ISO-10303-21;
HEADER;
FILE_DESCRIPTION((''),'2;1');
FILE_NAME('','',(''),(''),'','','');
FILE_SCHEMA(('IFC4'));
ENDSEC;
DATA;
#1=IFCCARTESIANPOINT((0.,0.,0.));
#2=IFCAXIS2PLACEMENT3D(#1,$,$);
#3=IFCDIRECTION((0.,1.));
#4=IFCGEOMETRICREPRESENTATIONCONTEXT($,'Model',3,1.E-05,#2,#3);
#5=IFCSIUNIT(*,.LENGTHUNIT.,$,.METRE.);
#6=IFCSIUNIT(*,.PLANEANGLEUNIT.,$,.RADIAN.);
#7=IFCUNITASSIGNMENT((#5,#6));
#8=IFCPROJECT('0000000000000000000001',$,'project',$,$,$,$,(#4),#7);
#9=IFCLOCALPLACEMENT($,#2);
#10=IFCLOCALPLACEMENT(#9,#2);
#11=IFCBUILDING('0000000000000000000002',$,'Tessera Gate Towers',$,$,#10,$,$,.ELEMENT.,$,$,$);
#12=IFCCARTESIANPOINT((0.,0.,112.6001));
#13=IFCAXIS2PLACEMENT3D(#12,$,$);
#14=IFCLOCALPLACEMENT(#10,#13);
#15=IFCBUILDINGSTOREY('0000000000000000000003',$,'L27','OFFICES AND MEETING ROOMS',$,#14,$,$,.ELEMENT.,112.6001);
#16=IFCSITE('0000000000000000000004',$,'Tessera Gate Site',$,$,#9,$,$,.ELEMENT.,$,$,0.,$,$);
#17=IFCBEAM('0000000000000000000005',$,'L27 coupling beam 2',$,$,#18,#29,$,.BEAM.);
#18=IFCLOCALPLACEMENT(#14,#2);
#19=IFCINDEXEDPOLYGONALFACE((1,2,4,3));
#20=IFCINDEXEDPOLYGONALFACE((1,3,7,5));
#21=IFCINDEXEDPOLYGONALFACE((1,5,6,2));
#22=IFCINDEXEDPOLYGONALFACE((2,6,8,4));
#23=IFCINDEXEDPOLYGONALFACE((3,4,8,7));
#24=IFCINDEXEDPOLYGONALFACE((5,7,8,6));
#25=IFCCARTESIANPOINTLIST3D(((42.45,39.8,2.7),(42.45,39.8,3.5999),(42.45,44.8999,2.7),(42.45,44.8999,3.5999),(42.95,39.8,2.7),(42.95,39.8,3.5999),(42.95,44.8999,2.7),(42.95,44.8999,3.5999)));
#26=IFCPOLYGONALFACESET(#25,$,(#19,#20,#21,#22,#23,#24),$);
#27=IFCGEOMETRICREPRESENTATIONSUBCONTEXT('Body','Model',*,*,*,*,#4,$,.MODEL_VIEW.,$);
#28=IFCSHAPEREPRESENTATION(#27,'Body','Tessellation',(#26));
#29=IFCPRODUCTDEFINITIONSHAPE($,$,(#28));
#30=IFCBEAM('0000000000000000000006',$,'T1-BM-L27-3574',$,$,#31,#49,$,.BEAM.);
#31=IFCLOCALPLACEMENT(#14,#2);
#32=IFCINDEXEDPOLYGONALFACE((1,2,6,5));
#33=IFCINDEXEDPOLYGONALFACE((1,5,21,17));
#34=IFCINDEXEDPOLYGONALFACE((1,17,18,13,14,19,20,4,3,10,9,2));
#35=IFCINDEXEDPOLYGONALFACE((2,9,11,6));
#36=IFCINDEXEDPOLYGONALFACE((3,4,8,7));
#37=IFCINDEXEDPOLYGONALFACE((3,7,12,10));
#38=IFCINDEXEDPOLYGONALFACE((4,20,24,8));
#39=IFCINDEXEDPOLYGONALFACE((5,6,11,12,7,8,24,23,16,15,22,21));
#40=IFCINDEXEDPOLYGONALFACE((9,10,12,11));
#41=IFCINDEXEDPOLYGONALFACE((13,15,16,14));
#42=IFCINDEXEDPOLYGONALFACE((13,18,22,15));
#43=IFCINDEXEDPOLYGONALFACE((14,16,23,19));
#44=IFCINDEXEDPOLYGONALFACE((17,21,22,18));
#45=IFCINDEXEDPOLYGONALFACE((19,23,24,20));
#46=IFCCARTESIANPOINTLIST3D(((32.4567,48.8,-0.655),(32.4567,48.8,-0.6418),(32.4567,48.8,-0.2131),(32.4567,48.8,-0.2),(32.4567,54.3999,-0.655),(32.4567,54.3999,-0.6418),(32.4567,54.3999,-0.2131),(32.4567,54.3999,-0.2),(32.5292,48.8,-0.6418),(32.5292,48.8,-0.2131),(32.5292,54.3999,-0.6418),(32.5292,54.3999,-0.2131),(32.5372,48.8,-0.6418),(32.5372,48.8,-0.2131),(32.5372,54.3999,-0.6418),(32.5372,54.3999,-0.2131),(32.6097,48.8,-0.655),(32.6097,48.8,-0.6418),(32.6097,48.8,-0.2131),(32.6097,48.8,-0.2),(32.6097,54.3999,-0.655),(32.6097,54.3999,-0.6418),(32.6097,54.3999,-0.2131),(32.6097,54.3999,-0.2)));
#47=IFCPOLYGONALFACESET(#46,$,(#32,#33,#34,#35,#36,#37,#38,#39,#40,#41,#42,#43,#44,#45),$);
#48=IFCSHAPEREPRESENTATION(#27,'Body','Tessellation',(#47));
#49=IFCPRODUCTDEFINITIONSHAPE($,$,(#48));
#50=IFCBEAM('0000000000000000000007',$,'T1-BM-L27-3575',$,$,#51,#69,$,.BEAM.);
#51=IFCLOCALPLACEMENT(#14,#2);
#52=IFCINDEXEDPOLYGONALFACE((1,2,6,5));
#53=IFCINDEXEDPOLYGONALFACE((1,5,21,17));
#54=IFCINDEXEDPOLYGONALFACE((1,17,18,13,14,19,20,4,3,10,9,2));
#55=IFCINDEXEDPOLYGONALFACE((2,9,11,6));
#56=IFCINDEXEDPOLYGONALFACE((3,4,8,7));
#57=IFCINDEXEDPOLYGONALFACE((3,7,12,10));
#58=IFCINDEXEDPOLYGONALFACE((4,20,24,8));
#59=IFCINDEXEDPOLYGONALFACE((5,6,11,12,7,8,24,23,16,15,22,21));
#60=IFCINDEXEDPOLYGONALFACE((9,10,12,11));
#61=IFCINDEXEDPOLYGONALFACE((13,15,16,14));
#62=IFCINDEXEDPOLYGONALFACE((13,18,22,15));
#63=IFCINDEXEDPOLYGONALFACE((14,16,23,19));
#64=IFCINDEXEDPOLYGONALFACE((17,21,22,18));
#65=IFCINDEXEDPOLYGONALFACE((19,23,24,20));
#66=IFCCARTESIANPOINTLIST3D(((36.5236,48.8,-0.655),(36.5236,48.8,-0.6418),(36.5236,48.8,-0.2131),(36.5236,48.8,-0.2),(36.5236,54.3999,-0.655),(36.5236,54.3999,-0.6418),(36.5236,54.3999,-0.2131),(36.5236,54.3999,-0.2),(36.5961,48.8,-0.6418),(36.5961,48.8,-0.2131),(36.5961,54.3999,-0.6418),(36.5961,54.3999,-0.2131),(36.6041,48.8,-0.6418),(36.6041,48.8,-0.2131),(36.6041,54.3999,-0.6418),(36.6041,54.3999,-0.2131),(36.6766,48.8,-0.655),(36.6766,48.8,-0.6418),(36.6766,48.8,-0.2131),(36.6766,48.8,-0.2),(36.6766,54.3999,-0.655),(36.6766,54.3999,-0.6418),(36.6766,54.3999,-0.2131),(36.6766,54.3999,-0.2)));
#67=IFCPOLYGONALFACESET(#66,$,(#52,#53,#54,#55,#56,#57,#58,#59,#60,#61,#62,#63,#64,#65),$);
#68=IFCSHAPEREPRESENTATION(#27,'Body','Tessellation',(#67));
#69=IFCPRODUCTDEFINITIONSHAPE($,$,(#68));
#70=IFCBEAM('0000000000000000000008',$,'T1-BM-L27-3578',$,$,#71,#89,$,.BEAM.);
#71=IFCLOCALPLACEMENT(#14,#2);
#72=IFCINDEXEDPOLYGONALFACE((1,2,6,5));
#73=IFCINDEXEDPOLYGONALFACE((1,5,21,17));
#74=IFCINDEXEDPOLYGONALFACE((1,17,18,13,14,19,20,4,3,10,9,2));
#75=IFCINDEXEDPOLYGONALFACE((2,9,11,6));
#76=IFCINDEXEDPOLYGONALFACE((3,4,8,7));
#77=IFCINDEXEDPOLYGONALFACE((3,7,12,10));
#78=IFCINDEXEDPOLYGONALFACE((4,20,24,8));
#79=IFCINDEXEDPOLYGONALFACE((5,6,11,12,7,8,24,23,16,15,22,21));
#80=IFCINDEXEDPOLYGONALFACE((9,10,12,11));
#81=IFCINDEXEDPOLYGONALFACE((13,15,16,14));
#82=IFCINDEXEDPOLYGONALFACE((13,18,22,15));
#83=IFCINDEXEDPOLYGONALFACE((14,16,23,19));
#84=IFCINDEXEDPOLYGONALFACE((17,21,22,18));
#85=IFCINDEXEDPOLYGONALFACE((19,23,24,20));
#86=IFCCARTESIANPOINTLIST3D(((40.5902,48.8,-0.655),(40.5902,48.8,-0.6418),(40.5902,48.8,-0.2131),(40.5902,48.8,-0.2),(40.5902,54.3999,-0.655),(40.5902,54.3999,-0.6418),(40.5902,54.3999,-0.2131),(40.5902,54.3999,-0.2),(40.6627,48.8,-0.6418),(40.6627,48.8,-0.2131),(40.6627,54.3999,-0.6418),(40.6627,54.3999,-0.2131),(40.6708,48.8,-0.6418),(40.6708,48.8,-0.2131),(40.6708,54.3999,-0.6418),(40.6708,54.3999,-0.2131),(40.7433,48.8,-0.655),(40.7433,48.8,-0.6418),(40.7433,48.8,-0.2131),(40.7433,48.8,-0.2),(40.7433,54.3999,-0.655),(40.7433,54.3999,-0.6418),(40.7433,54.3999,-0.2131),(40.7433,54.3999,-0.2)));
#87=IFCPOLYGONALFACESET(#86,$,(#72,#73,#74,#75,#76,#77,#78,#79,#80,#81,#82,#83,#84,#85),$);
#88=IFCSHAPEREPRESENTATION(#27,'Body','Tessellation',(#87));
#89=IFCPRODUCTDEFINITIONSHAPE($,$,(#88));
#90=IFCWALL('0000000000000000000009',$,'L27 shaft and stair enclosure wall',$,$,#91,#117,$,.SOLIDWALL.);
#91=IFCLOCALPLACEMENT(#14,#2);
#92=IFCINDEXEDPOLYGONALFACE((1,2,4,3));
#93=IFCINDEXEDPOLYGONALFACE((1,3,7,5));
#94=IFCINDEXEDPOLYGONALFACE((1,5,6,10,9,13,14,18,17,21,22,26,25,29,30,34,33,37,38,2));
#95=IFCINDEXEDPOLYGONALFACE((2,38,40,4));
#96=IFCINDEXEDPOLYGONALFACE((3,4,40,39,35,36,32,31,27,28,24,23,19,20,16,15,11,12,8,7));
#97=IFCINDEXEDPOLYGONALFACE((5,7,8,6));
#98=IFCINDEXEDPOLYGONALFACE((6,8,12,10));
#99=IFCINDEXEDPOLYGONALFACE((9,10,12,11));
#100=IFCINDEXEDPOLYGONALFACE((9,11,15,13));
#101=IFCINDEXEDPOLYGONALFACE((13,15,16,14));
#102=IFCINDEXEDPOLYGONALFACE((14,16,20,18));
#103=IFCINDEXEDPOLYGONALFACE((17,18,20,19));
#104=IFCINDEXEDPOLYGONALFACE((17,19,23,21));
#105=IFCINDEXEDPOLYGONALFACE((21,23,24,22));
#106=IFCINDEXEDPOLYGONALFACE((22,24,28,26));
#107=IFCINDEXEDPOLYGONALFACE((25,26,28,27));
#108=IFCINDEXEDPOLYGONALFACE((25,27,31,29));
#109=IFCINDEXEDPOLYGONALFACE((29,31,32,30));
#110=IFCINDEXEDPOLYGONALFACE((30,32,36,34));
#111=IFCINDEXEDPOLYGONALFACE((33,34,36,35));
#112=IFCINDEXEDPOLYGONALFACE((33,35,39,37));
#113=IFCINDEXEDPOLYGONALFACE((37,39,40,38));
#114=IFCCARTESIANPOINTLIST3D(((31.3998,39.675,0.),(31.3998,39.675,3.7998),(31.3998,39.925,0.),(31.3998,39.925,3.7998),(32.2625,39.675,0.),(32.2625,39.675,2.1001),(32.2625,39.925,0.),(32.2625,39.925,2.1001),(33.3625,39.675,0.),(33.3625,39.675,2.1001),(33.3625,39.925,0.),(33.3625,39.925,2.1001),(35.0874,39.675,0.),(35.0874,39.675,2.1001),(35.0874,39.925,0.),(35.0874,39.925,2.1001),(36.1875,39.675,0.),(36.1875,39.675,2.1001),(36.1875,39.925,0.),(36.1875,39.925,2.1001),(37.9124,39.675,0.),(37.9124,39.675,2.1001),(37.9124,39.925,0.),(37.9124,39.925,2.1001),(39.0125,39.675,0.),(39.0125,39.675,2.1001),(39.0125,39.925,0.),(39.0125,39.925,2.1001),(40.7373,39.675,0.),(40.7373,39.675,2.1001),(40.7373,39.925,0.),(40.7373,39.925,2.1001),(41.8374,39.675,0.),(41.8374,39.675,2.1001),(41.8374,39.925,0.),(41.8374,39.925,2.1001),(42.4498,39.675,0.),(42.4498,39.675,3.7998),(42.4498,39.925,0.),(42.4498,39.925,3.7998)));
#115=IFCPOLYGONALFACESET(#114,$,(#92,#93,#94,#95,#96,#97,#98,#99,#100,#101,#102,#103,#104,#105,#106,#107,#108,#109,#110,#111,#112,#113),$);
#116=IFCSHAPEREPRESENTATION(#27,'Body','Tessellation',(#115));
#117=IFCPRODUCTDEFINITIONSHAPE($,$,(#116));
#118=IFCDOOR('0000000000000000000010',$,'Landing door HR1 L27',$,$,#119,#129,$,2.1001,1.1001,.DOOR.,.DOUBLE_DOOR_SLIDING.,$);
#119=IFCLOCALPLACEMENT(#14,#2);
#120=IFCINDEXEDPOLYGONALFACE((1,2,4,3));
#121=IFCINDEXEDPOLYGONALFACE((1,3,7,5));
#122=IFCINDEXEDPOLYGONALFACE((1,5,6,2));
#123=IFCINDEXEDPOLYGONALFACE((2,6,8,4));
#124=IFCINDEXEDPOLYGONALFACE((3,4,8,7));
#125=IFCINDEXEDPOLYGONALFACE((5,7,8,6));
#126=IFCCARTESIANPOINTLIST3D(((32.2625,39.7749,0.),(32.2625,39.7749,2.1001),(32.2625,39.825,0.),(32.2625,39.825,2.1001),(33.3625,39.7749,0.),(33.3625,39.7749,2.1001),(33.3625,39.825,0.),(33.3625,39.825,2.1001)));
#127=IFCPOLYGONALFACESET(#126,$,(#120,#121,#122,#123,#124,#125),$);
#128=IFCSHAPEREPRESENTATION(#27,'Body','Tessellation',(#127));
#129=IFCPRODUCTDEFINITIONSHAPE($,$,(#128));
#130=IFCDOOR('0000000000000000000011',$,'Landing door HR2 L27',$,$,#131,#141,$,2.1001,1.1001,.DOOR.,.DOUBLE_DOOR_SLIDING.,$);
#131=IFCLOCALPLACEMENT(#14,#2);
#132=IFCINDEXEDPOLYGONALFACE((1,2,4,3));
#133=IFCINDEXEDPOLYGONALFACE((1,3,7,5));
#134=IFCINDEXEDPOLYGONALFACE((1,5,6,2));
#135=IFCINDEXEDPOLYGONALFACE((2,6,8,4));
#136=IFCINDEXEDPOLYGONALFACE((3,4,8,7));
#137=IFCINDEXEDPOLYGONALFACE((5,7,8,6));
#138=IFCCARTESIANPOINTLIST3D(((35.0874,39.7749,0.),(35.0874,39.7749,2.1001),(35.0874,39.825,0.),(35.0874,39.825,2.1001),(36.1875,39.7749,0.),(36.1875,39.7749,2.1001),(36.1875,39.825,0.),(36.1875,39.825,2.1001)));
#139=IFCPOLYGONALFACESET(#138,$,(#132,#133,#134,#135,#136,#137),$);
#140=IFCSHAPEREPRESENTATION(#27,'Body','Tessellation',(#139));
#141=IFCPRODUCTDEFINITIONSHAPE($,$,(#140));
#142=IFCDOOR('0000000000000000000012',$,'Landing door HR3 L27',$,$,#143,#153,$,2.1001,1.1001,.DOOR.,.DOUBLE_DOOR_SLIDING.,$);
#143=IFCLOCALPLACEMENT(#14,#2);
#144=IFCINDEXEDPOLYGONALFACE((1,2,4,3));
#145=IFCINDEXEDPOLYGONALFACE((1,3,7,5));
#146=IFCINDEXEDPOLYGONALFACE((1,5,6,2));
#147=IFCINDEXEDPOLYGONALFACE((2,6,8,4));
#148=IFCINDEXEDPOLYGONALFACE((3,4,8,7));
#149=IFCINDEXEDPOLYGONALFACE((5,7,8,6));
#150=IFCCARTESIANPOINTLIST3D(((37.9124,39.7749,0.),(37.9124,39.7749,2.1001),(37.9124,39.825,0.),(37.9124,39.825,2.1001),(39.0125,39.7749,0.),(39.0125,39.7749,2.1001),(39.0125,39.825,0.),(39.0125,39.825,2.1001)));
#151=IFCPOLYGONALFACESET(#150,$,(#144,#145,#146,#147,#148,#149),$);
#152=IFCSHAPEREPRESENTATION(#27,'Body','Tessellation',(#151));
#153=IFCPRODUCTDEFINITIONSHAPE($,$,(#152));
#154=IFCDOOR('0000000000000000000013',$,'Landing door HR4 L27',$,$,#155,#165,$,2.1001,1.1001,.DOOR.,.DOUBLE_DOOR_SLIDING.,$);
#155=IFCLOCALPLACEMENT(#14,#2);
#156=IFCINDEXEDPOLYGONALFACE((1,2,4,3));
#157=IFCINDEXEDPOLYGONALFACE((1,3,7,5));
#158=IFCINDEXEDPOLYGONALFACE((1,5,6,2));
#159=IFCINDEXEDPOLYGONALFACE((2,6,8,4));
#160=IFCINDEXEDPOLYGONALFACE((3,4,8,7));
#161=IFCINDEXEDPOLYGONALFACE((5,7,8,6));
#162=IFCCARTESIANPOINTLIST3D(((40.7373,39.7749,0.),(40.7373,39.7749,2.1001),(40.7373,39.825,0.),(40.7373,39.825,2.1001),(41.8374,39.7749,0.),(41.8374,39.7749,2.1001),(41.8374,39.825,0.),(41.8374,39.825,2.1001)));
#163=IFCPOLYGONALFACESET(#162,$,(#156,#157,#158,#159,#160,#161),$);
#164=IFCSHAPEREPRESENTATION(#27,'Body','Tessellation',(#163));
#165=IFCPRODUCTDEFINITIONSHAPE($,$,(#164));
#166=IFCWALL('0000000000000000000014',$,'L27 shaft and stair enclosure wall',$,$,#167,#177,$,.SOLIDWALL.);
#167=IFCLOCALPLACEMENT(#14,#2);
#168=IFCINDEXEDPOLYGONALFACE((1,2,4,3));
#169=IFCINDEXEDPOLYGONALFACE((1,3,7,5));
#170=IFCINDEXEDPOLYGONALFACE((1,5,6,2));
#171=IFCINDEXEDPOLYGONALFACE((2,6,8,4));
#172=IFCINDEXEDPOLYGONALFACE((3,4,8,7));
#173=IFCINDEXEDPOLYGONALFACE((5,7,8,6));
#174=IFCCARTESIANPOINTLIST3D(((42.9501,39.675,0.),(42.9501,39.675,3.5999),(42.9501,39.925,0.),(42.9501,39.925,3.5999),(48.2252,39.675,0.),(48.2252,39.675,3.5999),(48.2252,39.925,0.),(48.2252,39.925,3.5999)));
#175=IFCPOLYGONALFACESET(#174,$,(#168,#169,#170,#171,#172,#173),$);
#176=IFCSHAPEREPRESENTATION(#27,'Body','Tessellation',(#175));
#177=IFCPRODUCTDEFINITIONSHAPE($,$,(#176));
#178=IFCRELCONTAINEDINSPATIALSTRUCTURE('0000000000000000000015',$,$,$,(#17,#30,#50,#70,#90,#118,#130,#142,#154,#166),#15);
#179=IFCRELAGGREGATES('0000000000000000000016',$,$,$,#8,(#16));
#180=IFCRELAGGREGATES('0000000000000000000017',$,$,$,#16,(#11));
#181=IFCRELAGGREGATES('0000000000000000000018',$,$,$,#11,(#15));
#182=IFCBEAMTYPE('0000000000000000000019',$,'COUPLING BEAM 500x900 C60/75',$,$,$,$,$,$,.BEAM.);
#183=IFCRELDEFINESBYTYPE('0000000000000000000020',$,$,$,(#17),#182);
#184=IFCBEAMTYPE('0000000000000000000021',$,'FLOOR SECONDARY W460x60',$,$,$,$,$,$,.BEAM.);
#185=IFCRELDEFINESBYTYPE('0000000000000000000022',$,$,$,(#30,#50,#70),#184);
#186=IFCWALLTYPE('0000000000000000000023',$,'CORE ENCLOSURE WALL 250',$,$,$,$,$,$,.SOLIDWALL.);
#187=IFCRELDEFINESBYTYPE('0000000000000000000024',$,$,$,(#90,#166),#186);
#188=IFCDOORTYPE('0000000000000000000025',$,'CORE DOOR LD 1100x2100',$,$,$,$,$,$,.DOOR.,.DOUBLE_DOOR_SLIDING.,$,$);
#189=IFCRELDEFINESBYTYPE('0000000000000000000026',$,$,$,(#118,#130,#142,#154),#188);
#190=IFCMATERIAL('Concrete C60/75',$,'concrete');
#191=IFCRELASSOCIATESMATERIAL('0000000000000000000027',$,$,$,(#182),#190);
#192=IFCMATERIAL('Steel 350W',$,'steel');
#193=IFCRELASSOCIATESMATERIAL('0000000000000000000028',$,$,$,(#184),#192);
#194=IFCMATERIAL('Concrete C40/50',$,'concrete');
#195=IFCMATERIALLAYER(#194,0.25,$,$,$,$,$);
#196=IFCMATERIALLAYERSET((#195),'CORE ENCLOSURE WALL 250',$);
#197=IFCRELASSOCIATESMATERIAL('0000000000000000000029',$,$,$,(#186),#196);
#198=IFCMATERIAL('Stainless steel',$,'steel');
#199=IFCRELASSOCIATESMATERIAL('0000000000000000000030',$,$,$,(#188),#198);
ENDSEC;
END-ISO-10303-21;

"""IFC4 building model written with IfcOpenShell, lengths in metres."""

from ifc_helpers import new_model, si_unit, direction, frame, frame_2d, origin, origin_2d, place, context, subcontext, project, spatial, rectangle, i_section, extrude, source, transform, mapped, material, layer, layer_set, material_profile, profile_set, type_object, element, fill, save


model = new_model("IFC4")

# Units and contexts
model_context = context("Model", 3, precision=1e-05, world=origin(), true_north=direction((0.0, 1.0)))
body_context = subcontext(model_context, "Body", "Model", "MODEL_VIEW")
ifc_project = project(units=[si_unit("LENGTHUNIT", "METRE"), si_unit("PLANEANGLEUNIT", "RADIAN")], contexts=[model_context])

# Site, building, storey
site_placement = place(None, origin())
site = spatial("IfcSite", under=ifc_project, at=site_placement, Name="Tessera Gate Site", CompositionType="ELEMENT", RefElevation=0.0)
building_placement = place(site_placement, origin())
building = spatial("IfcBuilding", under=site, at=building_placement, Name="Tessera Gate Towers", CompositionType="ELEMENT")
storey_placement = place(building_placement, frame((0.0, 0.0, 112.6001)))
storey = spatial("IfcBuildingStorey", under=building, at=storey_placement, Name="L27", Description="OFFICES AND MEETING ROOMS", CompositionType="ELEMENT", Elevation=112.6001)

# Beams
ifc_material_1 = material(Name="Concrete C60/75", Category="concrete")
ifc_material_profile_1 = material_profile(ifc_material_1, rectangle(XDim=0.5, YDim=0.8999, at=origin_2d()), Name="RC 500x900")
ifc_profile_set_1 = profile_set([ifc_material_profile_1], Name="Concrete C60/75")
beam_type_1 = type_object("IfcBeamType", Name="COUPLING BEAM 500x900 C60/75", PredefinedType="BEAM", material=ifc_profile_set_1)
beam_placement = place(storey_placement, frame((42.7, 39.8, 3.1499), z_axis=(0.0, 1.0, 0.0), x_axis=(-1.0, 0.0, 0.0)))
element("IfcBeam", 1, at=beam_placement, inside=storey, type_object=beam_type_1, Name="L27 coupling beam 2", PredefinedType="BEAM", context=body_context, shape_type="SweptSolid", body=[
    extrude(rectangle(XDim=0.5, YDim=0.8999, at=origin_2d()), origin(), (0.0, 0.0, 1.0), 5.0999),
])
ifc_material_2 = material(Name="Steel 350W", Category="steel")
ifc_material_profile_2 = material_profile(ifc_material_2, i_section(OverallWidth=0.1531, OverallDepth=0.4551, WebThickness=0.0081, FlangeThickness=0.0132, at=origin_2d()), Name="W460x60")
ifc_profile_set_2 = profile_set([ifc_material_profile_2], Name="Steel 350W")
beam_type_2 = type_object("IfcBeamType", Name="FLOOR SECONDARY W460x60", PredefinedType="BEAM", material=ifc_profile_set_2)
for number, where, z_axis, x_axis, name in (
    (2, (32.5332, 48.8, -0.4275), (0.0, 1.0, 0.0), (-1.0, 0.0, 0.0), "T1-BM-L27-3574"),
    (3, (36.6001, 48.8, -0.4275), (0.0, 1.0, 0.0), (-1.0, 0.0, 0.0), "T1-BM-L27-3575"),
    (4, (40.6667, 48.8, -0.4275), (0.0, 1.0, 0.0), (-1.0, 0.0, 0.0), "T1-BM-L27-3578"),
):
    element("IfcBeam", number, at=place(storey_placement, frame(where, z_axis=z_axis, x_axis=x_axis)), inside=storey, type_object=beam_type_2, Name=name, PredefinedType="BEAM", context=body_context, shape_type="SweptSolid", body=[
        extrude(i_section(OverallWidth=0.1531, OverallDepth=0.4551, WebThickness=0.0081, FlangeThickness=0.0132, at=origin_2d()), origin(), (0.0, 0.0, 1.0), 5.5999),
    ])

# Wall, openings, doors
ifc_material_3 = material(Name="Concrete C40/50", Category="concrete")
ifc_layer_1 = layer(ifc_material_3, 0.25)
ifc_layer_set_1 = layer_set([ifc_layer_1], Name="CORE ENCLOSURE WALL 250")
wall_type_1 = type_object("IfcWallType", Name="CORE ENCLOSURE WALL 250", PredefinedType="SOLIDWALL", material=ifc_layer_set_1)
wall_1_placement = place(storey_placement, frame((31.3999, 39.8, 0.0), z_axis=(0.0, 0.0, 1.0), x_axis=(1.0, 0.0, 0.0)))
wall_1 = element("IfcWall", 5, at=wall_1_placement, inside=storey, type_object=wall_type_1, Name="L27 shaft and stair enclosure wall", PredefinedType="SOLIDWALL", context=body_context, shape_type="SweptSolid", body=[
    extrude(rectangle(XDim=11.05, YDim=0.25, at=frame_2d((5.5249, 0.0))), origin(), (0.0, 0.0, 1.0), 3.7998),
])
shared_shape_1 = source(origin(), body_context, "Body", "SweptSolid", [
    extrude(rectangle(XDim=1.1001, YDim=2.1001, at=frame_2d((0.55, 1.05))), frame((0.0, 0.135, 0.0), z_axis=(0.0, -1.0, 0.0), x_axis=(1.0, 0.0, 0.0)), (0.0, 0.0, 1.0), 0.27),
])
opening_1_placement = place(wall_1_placement, frame((0.8625, 0.0, 0.0)))
opening_1 = element("IfcOpeningElement", 6, at=opening_1_placement, cuts=wall_1, PredefinedType="OPENING", context=body_context, shape_type="MappedRepresentation", body=[
    mapped(shared_shape_1, transform((0.0, 0.0, 0.0), scale=1.0)),
])
opening_2_placement = place(wall_1_placement, frame((3.6875, 0.0, 0.0)))
opening_2 = element("IfcOpeningElement", 7, at=opening_2_placement, cuts=wall_1, PredefinedType="OPENING", context=body_context, shape_type="MappedRepresentation", body=[
    mapped(shared_shape_1, transform((0.0, 0.0, 0.0), scale=1.0)),
])
opening_3_placement = place(wall_1_placement, frame((6.5125, 0.0, 0.0)))
opening_3 = element("IfcOpeningElement", 8, at=opening_3_placement, cuts=wall_1, PredefinedType="OPENING", context=body_context, shape_type="MappedRepresentation", body=[
    mapped(shared_shape_1, transform((0.0, 0.0, 0.0), scale=1.0)),
])
opening_4_placement = place(wall_1_placement, frame((9.3374, 0.0, 0.0)))
opening_4 = element("IfcOpeningElement", 9, at=opening_4_placement, cuts=wall_1, PredefinedType="OPENING", context=body_context, shape_type="MappedRepresentation", body=[
    mapped(shared_shape_1, transform((0.0, 0.0, 0.0), scale=1.0)),
])
ifc_material_4 = material(Name="Stainless steel", Category="steel")
door_type = type_object("IfcDoorType", Name="CORE DOOR LD 1100x2100", OperationType="DOUBLE_DOOR_SLIDING", PredefinedType="DOOR", material=ifc_material_4)
shared_shape_2 = source(origin(), body_context, "Body", "SweptSolid", [
    extrude(rectangle(XDim=1.1001, YDim=2.1001, at=frame_2d((0.55, 1.05))), frame((0.0, 0.0249, 0.0), z_axis=(0.0, -1.0, 0.0), x_axis=(1.0, 0.0, 0.0)), (0.0, 0.0, 1.0), 0.05),
])
door_1_placement = place(opening_1_placement, origin())
door_1 = element("IfcDoor", 10, at=door_1_placement, inside=storey, type_object=door_type, Name="Landing door HR1 L27", OperationType="DOUBLE_DOOR_SLIDING", OverallHeight=2.1001, OverallWidth=1.1001, PredefinedType="DOOR", context=body_context, shape_type="MappedRepresentation", body=[
    mapped(shared_shape_2, transform((0.0, 0.0, 0.0), scale=1.0)),
])
fill(opening_1, door_1)
door_2_placement = place(opening_2_placement, origin())
door_2 = element("IfcDoor", 11, at=door_2_placement, inside=storey, type_object=door_type, Name="Landing door HR2 L27", OperationType="DOUBLE_DOOR_SLIDING", OverallHeight=2.1001, OverallWidth=1.1001, PredefinedType="DOOR", context=body_context, shape_type="MappedRepresentation", body=[
    mapped(shared_shape_2, transform((0.0, 0.0, 0.0), scale=1.0)),
])
fill(opening_2, door_2)
door_3_placement = place(opening_3_placement, origin())
door_3 = element("IfcDoor", 12, at=door_3_placement, inside=storey, type_object=door_type, Name="Landing door HR3 L27", OperationType="DOUBLE_DOOR_SLIDING", OverallHeight=2.1001, OverallWidth=1.1001, PredefinedType="DOOR", context=body_context, shape_type="MappedRepresentation", body=[
    mapped(shared_shape_2, transform((0.0, 0.0, 0.0), scale=1.0)),
])
fill(opening_3, door_3)
door_4_placement = place(opening_4_placement, origin())
door_4 = element("IfcDoor", 13, at=door_4_placement, inside=storey, type_object=door_type, Name="Landing door HR4 L27", OperationType="DOUBLE_DOOR_SLIDING", OverallHeight=2.1001, OverallWidth=1.1001, PredefinedType="DOOR", context=body_context, shape_type="MappedRepresentation", body=[
    mapped(shared_shape_2, transform((0.0, 0.0, 0.0), scale=1.0)),
])
fill(opening_4, door_4)

# Wall
wall_2_placement = place(storey_placement, frame((42.95, 39.8, 0.0), z_axis=(0.0, 0.0, 1.0), x_axis=(1.0, 0.0, 0.0)))
element("IfcWall", 14, at=wall_2_placement, inside=storey, type_object=wall_type_1, Name="L27 shaft and stair enclosure wall", PredefinedType="SOLIDWALL", context=body_context, shape_type="SweptSolid", body=[
    extrude(rectangle(XDim=5.2751, YDim=0.25, at=frame_2d((2.6377, 0.0))), origin(), (0.0, 0.0, 1.0), 3.5999),
])

save(model, "model.ifc")
